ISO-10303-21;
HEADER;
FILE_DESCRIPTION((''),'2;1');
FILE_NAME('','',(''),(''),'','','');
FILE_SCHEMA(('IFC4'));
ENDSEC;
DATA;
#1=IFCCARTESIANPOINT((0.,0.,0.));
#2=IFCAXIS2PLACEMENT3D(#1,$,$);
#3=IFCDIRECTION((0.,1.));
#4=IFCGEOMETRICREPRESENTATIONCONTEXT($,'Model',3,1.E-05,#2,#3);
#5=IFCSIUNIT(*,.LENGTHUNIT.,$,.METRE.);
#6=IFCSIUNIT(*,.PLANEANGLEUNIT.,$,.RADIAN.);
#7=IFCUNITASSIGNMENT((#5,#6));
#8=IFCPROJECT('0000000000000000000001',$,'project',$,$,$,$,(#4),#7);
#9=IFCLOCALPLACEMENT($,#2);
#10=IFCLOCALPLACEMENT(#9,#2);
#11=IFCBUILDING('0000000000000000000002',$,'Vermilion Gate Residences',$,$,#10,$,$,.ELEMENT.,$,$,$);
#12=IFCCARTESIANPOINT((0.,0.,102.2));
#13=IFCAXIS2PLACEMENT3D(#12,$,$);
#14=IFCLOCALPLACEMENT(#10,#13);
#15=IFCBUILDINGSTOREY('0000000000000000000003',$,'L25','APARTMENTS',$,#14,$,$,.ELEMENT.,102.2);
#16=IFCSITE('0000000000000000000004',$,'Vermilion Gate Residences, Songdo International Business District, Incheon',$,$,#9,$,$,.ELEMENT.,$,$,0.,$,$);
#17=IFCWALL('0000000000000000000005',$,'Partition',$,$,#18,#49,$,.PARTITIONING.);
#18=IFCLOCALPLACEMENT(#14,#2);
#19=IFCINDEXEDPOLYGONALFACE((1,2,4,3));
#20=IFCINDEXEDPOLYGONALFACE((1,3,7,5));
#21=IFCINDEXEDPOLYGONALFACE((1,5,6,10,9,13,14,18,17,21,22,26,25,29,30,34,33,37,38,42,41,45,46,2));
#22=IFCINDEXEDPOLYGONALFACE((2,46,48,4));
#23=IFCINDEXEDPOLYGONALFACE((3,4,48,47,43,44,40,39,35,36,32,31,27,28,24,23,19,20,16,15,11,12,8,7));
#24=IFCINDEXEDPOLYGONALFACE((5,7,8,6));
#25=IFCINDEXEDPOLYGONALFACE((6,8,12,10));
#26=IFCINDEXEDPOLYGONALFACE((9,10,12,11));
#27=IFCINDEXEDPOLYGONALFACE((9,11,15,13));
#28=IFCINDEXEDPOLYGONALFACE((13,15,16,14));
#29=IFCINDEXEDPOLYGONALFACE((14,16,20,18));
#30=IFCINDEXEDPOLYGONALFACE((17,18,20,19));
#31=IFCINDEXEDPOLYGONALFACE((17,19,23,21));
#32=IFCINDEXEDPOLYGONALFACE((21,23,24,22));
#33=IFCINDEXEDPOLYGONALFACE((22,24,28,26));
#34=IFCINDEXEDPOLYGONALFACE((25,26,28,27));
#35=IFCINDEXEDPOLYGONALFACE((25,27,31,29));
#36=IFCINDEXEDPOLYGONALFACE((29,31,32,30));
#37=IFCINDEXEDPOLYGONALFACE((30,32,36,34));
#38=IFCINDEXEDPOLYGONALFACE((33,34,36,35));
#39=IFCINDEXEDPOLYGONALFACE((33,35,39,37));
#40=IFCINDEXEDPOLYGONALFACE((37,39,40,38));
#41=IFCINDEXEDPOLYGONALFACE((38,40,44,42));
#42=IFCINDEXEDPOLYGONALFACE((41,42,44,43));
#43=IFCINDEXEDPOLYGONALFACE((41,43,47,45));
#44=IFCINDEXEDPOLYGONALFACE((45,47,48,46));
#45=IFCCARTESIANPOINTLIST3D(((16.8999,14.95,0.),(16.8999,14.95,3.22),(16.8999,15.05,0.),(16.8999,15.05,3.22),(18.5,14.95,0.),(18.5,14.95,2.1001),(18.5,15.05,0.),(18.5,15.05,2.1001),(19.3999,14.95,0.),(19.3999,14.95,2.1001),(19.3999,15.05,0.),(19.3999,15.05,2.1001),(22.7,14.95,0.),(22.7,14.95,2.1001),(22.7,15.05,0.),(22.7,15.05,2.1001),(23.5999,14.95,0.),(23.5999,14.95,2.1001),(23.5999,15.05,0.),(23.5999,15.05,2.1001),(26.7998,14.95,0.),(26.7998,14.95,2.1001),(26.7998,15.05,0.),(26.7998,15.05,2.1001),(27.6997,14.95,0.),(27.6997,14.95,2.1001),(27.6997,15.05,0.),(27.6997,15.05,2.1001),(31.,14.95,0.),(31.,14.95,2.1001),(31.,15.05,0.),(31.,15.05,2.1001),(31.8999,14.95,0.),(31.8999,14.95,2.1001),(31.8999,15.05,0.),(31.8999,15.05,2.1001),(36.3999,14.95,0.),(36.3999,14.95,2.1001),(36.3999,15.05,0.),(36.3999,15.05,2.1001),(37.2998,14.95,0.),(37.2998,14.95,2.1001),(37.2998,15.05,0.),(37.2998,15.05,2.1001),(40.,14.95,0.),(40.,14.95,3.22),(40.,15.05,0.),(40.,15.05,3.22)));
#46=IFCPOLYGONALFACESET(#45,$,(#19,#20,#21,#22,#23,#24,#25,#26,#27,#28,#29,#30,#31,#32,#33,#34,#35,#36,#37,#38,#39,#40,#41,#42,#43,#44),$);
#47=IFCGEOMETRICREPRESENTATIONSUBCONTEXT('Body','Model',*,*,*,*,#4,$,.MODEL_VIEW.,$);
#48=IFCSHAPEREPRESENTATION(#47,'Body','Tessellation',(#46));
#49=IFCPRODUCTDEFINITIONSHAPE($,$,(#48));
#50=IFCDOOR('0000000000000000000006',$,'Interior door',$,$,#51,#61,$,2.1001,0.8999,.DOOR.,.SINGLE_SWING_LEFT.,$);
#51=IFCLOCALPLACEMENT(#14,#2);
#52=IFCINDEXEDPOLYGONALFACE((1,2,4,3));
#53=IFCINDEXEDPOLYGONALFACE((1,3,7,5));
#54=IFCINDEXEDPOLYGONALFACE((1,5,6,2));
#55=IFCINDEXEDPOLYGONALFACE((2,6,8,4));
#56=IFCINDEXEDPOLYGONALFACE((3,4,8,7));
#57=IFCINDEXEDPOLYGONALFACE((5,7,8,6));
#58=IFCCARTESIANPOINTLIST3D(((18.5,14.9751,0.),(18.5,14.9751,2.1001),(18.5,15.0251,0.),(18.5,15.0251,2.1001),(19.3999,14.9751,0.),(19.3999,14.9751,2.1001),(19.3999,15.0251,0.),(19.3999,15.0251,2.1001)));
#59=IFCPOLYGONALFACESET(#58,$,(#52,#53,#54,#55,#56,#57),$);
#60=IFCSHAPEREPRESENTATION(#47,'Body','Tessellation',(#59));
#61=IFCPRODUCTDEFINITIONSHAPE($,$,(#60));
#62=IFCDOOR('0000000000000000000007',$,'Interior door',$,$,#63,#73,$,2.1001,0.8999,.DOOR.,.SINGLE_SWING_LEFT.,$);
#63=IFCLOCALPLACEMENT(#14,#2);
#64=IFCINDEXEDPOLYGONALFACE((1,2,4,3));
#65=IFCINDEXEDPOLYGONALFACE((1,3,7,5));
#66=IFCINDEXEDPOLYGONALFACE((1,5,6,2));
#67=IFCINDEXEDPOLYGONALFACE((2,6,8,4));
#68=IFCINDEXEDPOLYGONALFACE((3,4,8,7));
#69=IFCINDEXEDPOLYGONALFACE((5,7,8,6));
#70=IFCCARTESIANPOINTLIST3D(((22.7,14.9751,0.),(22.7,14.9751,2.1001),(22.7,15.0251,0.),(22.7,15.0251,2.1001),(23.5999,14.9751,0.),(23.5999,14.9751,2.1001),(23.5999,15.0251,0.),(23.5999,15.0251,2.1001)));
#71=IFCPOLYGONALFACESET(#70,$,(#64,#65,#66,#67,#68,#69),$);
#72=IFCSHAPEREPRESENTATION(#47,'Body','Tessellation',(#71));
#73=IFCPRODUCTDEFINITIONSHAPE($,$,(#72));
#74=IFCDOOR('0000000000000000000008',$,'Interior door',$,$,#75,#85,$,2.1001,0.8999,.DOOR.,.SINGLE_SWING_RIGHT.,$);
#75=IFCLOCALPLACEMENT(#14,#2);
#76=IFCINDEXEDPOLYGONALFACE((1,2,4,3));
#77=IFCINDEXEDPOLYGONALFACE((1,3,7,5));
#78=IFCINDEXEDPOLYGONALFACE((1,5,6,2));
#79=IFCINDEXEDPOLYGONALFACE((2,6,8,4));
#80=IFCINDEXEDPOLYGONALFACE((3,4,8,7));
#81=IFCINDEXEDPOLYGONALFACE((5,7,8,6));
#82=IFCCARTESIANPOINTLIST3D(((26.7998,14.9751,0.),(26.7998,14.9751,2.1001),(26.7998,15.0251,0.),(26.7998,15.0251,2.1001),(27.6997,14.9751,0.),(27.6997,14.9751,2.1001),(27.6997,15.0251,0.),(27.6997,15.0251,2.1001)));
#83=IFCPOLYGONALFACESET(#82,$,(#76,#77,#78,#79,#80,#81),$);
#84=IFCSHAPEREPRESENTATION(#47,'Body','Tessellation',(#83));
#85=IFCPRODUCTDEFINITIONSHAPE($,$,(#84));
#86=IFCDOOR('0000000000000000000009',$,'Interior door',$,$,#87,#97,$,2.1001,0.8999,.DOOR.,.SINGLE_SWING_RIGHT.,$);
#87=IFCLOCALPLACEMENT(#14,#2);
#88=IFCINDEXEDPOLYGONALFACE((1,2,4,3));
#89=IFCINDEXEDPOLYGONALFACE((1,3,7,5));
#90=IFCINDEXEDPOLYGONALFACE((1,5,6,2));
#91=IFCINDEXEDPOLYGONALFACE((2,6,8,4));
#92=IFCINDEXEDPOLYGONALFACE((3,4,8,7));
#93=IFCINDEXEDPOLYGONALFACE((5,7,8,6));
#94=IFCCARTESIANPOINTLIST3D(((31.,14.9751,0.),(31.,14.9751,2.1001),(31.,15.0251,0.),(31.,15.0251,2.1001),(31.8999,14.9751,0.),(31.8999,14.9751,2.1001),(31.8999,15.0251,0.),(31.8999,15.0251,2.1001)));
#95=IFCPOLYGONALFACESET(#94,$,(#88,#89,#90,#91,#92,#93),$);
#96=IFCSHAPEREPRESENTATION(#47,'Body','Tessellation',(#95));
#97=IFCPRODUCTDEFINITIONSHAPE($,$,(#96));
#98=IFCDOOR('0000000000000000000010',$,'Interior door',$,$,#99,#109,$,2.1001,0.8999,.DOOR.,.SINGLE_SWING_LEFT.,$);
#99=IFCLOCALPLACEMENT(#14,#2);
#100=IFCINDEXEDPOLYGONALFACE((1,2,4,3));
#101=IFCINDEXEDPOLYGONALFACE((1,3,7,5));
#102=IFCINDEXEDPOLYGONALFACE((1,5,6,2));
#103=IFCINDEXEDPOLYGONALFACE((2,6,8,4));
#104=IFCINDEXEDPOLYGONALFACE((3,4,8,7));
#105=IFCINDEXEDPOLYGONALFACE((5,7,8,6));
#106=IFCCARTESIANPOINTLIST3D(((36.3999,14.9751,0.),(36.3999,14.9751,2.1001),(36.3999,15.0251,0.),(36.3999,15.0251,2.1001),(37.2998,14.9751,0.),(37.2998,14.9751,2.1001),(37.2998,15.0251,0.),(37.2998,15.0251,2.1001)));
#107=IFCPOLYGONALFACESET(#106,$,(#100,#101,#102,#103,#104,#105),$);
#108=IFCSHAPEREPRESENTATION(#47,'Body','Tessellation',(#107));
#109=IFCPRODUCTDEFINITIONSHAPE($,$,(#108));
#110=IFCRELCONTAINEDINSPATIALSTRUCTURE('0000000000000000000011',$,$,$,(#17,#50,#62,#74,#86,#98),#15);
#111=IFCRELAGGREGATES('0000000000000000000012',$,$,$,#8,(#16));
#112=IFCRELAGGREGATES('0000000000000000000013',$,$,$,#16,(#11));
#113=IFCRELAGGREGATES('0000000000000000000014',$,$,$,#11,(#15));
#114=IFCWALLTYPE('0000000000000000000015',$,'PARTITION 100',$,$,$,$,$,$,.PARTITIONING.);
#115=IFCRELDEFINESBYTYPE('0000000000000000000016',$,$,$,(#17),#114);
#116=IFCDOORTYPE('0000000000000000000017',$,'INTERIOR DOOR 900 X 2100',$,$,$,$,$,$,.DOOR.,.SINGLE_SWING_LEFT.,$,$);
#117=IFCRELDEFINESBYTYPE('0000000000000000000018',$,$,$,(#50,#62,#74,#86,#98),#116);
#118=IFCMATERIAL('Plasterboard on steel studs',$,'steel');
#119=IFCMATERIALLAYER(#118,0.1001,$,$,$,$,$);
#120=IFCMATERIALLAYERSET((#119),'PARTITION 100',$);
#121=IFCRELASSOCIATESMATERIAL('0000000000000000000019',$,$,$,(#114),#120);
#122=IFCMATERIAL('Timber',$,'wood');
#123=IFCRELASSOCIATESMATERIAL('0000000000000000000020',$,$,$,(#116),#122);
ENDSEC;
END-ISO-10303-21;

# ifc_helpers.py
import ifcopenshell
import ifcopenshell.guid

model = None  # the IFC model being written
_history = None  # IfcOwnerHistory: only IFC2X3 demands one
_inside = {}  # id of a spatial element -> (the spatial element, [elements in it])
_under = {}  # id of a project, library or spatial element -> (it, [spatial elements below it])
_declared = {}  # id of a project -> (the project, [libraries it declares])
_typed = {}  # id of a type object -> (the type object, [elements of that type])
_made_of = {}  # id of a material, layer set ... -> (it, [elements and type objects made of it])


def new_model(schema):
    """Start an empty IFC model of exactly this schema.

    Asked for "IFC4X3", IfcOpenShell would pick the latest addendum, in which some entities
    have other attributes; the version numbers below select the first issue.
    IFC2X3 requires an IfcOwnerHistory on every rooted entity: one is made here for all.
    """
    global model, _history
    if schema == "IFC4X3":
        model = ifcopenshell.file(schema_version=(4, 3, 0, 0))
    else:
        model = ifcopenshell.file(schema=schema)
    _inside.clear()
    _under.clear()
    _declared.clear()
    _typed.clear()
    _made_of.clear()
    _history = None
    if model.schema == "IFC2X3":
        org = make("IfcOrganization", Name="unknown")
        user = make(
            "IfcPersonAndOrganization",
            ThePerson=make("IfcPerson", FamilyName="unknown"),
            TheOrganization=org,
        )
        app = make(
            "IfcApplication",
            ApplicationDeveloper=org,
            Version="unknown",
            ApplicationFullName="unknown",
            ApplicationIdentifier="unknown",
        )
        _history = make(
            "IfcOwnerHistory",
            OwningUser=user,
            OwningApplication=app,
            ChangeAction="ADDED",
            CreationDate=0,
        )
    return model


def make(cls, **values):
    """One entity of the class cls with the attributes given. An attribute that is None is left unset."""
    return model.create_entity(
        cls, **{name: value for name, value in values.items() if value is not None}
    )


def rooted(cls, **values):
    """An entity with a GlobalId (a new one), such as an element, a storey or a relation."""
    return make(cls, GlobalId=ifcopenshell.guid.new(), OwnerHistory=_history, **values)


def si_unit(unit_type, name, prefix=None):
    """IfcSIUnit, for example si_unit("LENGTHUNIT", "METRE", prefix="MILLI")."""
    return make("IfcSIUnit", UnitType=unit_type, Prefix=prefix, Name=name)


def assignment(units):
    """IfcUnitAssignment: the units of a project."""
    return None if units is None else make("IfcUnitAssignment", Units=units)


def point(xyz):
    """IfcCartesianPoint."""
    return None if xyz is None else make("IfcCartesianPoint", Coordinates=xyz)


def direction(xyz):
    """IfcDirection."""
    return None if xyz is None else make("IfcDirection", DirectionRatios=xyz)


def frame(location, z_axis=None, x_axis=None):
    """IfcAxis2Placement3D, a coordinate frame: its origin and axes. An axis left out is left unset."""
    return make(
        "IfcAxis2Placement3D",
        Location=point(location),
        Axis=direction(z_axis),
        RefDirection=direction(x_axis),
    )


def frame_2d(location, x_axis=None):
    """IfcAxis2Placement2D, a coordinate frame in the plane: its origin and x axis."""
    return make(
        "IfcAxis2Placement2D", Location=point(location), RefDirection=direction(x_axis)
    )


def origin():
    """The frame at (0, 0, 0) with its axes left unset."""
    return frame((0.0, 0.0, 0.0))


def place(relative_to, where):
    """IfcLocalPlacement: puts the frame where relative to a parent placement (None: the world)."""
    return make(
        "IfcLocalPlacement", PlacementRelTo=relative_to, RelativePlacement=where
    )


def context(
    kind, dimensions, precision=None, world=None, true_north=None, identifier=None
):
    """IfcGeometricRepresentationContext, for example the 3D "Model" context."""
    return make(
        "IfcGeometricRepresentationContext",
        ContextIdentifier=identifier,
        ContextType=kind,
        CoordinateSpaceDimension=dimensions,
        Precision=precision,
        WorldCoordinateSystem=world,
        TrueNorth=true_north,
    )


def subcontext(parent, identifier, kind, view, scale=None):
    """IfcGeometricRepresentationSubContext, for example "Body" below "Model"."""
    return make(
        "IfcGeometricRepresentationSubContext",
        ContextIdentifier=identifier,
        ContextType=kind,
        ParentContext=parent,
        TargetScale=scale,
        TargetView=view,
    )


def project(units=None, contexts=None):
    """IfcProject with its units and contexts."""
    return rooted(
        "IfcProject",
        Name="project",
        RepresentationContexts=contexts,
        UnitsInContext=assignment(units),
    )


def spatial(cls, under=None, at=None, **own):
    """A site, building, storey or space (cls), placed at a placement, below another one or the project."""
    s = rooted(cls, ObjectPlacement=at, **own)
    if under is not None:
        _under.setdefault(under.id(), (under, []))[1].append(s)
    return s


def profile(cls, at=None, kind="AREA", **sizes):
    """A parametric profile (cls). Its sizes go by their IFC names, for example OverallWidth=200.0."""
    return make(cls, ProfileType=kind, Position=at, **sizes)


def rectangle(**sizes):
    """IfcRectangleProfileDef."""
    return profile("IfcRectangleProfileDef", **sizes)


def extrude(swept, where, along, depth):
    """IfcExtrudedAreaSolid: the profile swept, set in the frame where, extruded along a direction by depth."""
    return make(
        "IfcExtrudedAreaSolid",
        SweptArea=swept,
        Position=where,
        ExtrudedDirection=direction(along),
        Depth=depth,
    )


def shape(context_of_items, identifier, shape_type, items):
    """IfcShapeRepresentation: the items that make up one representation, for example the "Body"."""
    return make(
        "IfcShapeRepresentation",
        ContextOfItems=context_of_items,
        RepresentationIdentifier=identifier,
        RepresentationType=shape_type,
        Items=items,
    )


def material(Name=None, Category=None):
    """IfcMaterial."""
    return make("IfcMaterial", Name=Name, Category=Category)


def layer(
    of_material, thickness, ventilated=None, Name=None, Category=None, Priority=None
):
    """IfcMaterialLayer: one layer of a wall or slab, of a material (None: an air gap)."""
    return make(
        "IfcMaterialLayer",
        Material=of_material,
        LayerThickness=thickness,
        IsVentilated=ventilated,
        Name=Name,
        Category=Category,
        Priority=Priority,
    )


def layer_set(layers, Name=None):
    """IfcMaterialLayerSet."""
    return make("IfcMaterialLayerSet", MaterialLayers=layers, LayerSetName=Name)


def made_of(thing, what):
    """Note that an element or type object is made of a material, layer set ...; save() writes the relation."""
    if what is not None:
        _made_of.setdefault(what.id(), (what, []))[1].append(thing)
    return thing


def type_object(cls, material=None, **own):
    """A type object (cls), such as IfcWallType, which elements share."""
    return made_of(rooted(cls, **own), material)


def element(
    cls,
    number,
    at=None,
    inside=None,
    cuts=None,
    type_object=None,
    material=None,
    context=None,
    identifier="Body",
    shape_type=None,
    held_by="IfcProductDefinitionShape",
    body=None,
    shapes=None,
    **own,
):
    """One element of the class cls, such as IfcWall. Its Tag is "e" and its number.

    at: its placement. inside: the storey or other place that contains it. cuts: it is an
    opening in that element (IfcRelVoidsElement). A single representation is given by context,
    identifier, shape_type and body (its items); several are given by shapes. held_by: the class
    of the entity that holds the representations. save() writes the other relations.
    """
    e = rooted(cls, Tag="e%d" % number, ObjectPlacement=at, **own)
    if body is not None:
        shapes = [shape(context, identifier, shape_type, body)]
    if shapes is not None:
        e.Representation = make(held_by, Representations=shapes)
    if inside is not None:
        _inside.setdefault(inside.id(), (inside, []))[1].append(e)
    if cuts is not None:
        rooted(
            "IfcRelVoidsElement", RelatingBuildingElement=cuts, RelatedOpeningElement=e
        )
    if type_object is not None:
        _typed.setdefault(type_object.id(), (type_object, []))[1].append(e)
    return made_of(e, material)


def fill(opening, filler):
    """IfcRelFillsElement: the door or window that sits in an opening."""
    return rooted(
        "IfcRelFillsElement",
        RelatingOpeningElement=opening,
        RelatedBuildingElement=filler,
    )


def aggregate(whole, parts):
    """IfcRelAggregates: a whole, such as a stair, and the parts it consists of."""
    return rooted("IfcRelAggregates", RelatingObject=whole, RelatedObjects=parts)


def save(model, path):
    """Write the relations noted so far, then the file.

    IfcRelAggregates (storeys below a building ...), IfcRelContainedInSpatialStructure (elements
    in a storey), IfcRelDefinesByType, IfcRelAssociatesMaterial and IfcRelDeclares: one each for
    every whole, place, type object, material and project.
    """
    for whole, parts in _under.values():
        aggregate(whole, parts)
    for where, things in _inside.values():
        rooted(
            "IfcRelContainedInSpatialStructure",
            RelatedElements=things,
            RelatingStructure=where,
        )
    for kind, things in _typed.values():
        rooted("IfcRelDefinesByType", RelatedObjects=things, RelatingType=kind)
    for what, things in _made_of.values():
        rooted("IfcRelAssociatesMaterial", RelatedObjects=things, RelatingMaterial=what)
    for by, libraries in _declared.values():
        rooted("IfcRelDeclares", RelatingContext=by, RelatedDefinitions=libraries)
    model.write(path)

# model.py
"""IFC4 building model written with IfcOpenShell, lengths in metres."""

from ifc_helpers import new_model, si_unit, direction, frame, frame_2d, origin, place, context, subcontext, project, spatial, rectangle, extrude, material, layer, layer_set, type_object, element, fill, save


model = new_model("IFC4")

# Units and contexts
model_context = context("Model", 3, precision=1e-05, world=origin(), true_north=direction((0.0, 1.0)))
body_context = subcontext(model_context, "Body", "Model", "MODEL_VIEW")
ifc_project = project(units=[si_unit("LENGTHUNIT", "METRE"), si_unit("PLANEANGLEUNIT", "RADIAN")], contexts=[model_context])

# Site, building, storey
site_placement = place(None, origin())
site = spatial("IfcSite", under=ifc_project, at=site_placement, Name="Vermilion Gate Residences, Songdo International Business District, Incheon", CompositionType="ELEMENT", RefElevation=0.0)
building_placement = place(site_placement, origin())
building = spatial("IfcBuilding", under=site, at=building_placement, Name="Vermilion Gate Residences", CompositionType="ELEMENT")
storey_placement = place(building_placement, frame((0.0, 0.0, 102.2)))
storey = spatial("IfcBuildingStorey", under=building, at=storey_placement, Name="L25", Description="APARTMENTS", CompositionType="ELEMENT", Elevation=102.2)

# Wall, openings, doors
ifc_material_1 = material(Name="Plasterboard on steel studs", Category="steel")
ifc_layer_1 = layer(ifc_material_1, 0.1001)
ifc_layer_set_1 = layer_set([ifc_layer_1], Name="PARTITION 100")
wall_type_1 = type_object("IfcWallType", Name="PARTITION 100", PredefinedType="PARTITIONING", material=ifc_layer_set_1)
wall_1_placement = place(storey_placement, frame((16.8999, 15.0, 0.0), z_axis=(0.0, 0.0, 1.0), x_axis=(1.0, 0.0, 0.0)))
wall_1 = element("IfcWall", 1, at=wall_1_placement, inside=storey, type_object=wall_type_1, Name="Partition", PredefinedType="PARTITIONING", context=body_context, shape_type="SweptSolid", body=[
    extrude(rectangle(XDim=23.1001, YDim=0.1001, at=frame_2d((11.55, 0.0))), origin(), (0.0, 0.0, 1.0), 3.22),
])
opening_1_placement = place(wall_1_placement, frame((1.6001, 0.0, 0.0)))
opening_1 = element("IfcOpeningElement", 2, at=opening_1_placement, cuts=wall_1, PredefinedType="OPENING", context=body_context, shape_type="SweptSolid", body=[
    extrude(rectangle(XDim=0.8999, YDim=2.1001, at=frame_2d((0.45, 1.05))), frame((0.0, 0.0601, 0.0), z_axis=(0.0, -1.0, 0.0), x_axis=(1.0, 0.0, 0.0)), (0.0, 0.0, 1.0), 0.1201),
])
opening_2_placement = place(wall_1_placement, frame((5.8, 0.0, 0.0)))
opening_2 = element("IfcOpeningElement", 3, at=opening_2_placement, cuts=wall_1, PredefinedType="OPENING", context=body_context, shape_type="SweptSolid", body=[
    extrude(rectangle(XDim=0.8999, YDim=2.1001, at=frame_2d((0.45, 1.05))), frame((0.0, 0.0601, 0.0), z_axis=(0.0, -1.0, 0.0), x_axis=(1.0, 0.0, 0.0)), (0.0, 0.0, 1.0), 0.1201),
])
opening_3_placement = place(wall_1_placement, frame((9.8999, 0.0, 0.0)))
opening_3 = element("IfcOpeningElement", 4, at=opening_3_placement, cuts=wall_1, PredefinedType="OPENING", context=body_context, shape_type="SweptSolid", body=[
    extrude(rectangle(XDim=0.8999, YDim=2.1001, at=frame_2d((0.45, 1.05))), frame((0.0, 0.0601, 0.0), z_axis=(0.0, -1.0, 0.0), x_axis=(1.0, 0.0, 0.0)), (0.0, 0.0, 1.0), 0.1201),
])
opening_4_placement = place(wall_1_placement, frame((14.1001, 0.0, 0.0)))
opening_4 = element("IfcOpeningElement", 5, at=opening_4_placement, cuts=wall_1, PredefinedType="OPENING", context=body_context, shape_type="SweptSolid", body=[
    extrude(rectangle(XDim=0.8999, YDim=2.1001, at=frame_2d((0.45, 1.05))), frame((0.0, 0.0601, 0.0), z_axis=(0.0, -1.0, 0.0), x_axis=(1.0, 0.0, 0.0)), (0.0, 0.0, 1.0), 0.1201),
])
opening_5_placement = place(wall_1_placement, frame((19.5, 0.0, 0.0)))
opening_5 = element("IfcOpeningElement", 6, at=opening_5_placement, cuts=wall_1, PredefinedType="OPENING", context=body_context, shape_type="SweptSolid", body=[
    extrude(rectangle(XDim=0.8999, YDim=2.1001, at=frame_2d((0.45, 1.05))), frame((0.0, 0.0601, 0.0), z_axis=(0.0, -1.0, 0.0), x_axis=(1.0, 0.0, 0.0)), (0.0, 0.0, 1.0), 0.1201),
])
ifc_material_2 = material(Name="Timber", Category="wood")
door_type = type_object("IfcDoorType", Name="INTERIOR DOOR 900 X 2100", OperationType="SINGLE_SWING_LEFT", PredefinedType="DOOR", material=ifc_material_2)
door_1_placement = place(opening_1_placement, frame((0.8999, 0.0, 0.0), z_axis=(0.0, 0.0, 1.0), x_axis=(-1.0, 0.0, 0.0)))
door_1 = element("IfcDoor", 7, at=door_1_placement, inside=storey, type_object=door_type, Name="Interior door", OperationType="SINGLE_SWING_LEFT", OverallHeight=2.1001, OverallWidth=0.8999, PredefinedType="DOOR", context=body_context, shape_type="SweptSolid", body=[
    extrude(rectangle(XDim=0.8999, YDim=2.1001, at=frame_2d((0.45, 1.05))), frame((0.0, 0.0249, 0.0), z_axis=(0.0, -1.0, 0.0), x_axis=(1.0, 0.0, 0.0)), (0.0, 0.0, 1.0), 0.05),
])
fill(opening_1, door_1)
door_2_placement = place(opening_2_placement, frame((0.8999, 0.0, 0.0), z_axis=(0.0, 0.0, 1.0), x_axis=(-1.0, 0.0, 0.0)))
door_2 = element("IfcDoor", 8, at=door_2_placement, inside=storey, type_object=door_type, Name="Interior door", OperationType="SINGLE_SWING_LEFT", OverallHeight=2.1001, OverallWidth=0.8999, PredefinedType="DOOR", context=body_context, shape_type="SweptSolid", body=[
    extrude(rectangle(XDim=0.8999, YDim=2.1001, at=frame_2d((0.45, 1.05))), frame((0.0, 0.0249, 0.0), z_axis=(0.0, -1.0, 0.0), x_axis=(1.0, 0.0, 0.0)), (0.0, 0.0, 1.0), 0.05),
])
fill(opening_2, door_2)
door_3_placement = place(opening_3_placement, frame((0.8999, 0.0, 0.0), z_axis=(0.0, 0.0, 1.0), x_axis=(-1.0, 0.0, 0.0)))
door_3 = element("IfcDoor", 9, at=door_3_placement, inside=storey, type_object=door_type, Name="Interior door", OperationType="SINGLE_SWING_RIGHT", OverallHeight=2.1001, OverallWidth=0.8999, PredefinedType="DOOR", context=body_context, shape_type="SweptSolid", body=[
    extrude(rectangle(XDim=0.8999, YDim=2.1001, at=frame_2d((0.45, 1.05))), frame((0.0, 0.0249, 0.0), z_axis=(0.0, -1.0, 0.0), x_axis=(1.0, 0.0, 0.0)), (0.0, 0.0, 1.0), 0.05),
])
fill(opening_3, door_3)
door_4_placement = place(opening_4_placement, frame((0.8999, 0.0, 0.0), z_axis=(0.0, 0.0, 1.0), x_axis=(-1.0, 0.0, 0.0)))
door_4 = element("IfcDoor", 10, at=door_4_placement, inside=storey, type_object=door_type, Name="Interior door", OperationType="SINGLE_SWING_RIGHT", OverallHeight=2.1001, OverallWidth=0.8999, PredefinedType="DOOR", context=body_context, shape_type="SweptSolid", body=[
    extrude(rectangle(XDim=0.8999, YDim=2.1001, at=frame_2d((0.45, 1.05))), frame((0.0, 0.0249, 0.0), z_axis=(0.0, -1.0, 0.0), x_axis=(1.0, 0.0, 0.0)), (0.0, 0.0, 1.0), 0.05),
])
fill(opening_4, door_4)
door_5_placement = place(opening_5_placement, frame((0.8999, 0.0, 0.0), z_axis=(0.0, 0.0, 1.0), x_axis=(-1.0, 0.0, 0.0)))
door_5 = element("IfcDoor", 11, at=door_5_placement, inside=storey, type_object=door_type, Name="Interior door", OperationType="SINGLE_SWING_LEFT", OverallHeight=2.1001, OverallWidth=0.8999, PredefinedType="DOOR", context=body_context, shape_type="SweptSolid", body=[
    extrude(rectangle(XDim=0.8999, YDim=2.1001, at=frame_2d((0.45, 1.05))), frame((0.0, 0.0249, 0.0), z_axis=(0.0, -1.0, 0.0), x_axis=(1.0, 0.0, 0.0)), (0.0, 0.0, 1.0), 0.05),
])
fill(opening_5, door_5)

save(model, "model.ifc")
